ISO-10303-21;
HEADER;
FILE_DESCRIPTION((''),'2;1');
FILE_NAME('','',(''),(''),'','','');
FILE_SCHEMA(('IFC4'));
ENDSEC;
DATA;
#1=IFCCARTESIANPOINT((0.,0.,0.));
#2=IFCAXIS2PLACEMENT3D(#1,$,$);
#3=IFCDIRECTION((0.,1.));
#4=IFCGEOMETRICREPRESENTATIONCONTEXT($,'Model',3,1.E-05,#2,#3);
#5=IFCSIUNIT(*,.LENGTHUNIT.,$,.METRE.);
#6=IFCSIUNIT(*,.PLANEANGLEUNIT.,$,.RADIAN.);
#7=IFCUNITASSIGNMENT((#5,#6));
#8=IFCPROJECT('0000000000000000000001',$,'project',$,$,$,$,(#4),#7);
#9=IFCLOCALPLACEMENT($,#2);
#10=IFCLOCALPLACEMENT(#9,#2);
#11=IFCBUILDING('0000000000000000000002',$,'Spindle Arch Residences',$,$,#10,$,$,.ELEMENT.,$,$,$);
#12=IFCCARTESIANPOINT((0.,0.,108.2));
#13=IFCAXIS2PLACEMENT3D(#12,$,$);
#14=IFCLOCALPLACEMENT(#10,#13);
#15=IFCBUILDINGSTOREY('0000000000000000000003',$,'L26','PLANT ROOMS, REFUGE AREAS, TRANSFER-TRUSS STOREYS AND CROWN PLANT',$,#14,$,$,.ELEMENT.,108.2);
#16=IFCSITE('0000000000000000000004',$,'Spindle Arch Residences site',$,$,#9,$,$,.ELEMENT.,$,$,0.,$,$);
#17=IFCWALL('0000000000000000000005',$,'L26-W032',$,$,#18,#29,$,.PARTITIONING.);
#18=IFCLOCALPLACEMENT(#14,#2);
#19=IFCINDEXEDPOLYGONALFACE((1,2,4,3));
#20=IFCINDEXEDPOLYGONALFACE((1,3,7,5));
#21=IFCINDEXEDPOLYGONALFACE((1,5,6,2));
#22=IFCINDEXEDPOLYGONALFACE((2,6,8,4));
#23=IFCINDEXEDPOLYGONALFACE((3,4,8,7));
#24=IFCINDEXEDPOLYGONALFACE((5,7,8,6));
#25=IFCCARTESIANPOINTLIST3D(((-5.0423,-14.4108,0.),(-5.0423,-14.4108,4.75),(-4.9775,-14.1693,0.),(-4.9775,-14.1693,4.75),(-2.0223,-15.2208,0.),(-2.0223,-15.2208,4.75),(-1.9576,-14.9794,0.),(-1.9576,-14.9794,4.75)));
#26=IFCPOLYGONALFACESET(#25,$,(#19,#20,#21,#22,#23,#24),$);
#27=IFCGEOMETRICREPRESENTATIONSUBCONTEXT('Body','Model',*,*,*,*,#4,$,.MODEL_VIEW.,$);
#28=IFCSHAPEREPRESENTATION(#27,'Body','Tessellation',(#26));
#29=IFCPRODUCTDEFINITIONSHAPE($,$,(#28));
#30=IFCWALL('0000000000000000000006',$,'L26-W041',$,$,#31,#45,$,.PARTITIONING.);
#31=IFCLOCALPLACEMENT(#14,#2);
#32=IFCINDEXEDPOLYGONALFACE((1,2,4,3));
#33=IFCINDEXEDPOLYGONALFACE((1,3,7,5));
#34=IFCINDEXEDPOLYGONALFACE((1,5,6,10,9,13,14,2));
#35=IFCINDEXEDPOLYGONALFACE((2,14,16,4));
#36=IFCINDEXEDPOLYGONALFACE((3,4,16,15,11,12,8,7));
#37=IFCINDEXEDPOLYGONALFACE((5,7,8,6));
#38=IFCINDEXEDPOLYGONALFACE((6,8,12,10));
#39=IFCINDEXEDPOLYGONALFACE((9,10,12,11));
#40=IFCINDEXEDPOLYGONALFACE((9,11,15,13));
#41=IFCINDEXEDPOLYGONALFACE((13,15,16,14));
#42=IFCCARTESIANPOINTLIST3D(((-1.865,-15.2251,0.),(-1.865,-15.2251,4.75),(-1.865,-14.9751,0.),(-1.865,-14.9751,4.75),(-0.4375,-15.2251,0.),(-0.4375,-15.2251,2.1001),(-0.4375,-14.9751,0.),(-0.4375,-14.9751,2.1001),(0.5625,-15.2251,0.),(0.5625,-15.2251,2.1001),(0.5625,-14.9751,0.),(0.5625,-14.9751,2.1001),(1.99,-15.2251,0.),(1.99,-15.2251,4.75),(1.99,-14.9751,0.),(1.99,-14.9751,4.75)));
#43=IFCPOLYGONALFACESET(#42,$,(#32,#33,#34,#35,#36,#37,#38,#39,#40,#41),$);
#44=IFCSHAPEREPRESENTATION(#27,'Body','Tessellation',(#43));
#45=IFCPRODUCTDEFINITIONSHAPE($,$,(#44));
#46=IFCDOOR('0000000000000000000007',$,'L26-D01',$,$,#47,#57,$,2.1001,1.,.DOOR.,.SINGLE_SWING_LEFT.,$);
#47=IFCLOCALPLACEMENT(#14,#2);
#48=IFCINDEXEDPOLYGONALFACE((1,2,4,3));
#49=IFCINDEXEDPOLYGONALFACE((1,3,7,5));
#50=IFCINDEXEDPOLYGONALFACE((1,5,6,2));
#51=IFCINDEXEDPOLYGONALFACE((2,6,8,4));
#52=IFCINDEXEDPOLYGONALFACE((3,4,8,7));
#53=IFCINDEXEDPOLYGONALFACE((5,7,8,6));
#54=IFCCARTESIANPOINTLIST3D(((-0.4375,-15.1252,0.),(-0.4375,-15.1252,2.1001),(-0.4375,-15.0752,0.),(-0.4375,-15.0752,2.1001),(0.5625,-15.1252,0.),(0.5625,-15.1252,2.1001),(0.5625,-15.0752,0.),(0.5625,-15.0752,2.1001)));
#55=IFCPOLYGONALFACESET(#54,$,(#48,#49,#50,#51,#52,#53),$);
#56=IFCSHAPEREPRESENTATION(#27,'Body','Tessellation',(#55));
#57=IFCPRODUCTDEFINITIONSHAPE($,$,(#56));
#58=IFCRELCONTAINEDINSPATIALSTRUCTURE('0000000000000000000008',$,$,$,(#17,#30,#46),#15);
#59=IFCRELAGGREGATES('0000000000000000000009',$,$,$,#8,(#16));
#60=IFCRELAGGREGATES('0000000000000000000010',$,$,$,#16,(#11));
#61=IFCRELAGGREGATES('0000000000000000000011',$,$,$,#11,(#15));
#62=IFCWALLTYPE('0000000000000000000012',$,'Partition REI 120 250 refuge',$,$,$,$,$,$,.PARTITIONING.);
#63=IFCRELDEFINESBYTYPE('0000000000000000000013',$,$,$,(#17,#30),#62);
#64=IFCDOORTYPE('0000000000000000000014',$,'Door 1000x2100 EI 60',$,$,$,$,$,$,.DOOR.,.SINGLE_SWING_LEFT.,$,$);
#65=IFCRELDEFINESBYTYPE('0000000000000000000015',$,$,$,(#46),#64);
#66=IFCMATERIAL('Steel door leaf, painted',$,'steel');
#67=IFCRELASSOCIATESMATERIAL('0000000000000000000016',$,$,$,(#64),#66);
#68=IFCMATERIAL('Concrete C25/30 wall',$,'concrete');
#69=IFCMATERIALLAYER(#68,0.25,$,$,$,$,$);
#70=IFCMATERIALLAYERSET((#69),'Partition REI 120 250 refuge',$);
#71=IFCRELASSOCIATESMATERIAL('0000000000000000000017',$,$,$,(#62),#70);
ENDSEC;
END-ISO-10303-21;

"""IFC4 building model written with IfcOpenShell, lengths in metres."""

from ifc_helpers import new_model, si_unit, direction, frame, frame_2d, origin, place, context, subcontext, project, spatial, rectangle, extrude, material, layer, layer_set, type_object, element, fill, save


model = new_model("IFC4")

# Units and contexts
model_context = context("Model", 3, precision=1e-05, world=origin(), true_north=direction((0.0, 1.0)))
body_context = subcontext(model_context, "Body", "Model", "MODEL_VIEW")
ifc_project = project(units=[si_unit("LENGTHUNIT", "METRE"), si_unit("PLANEANGLEUNIT", "RADIAN")], contexts=[model_context])

# Site, building, storey
site_placement = place(None, origin())
site = spatial("IfcSite", under=ifc_project, at=site_placement, Name="Spindle Arch Residences site", CompositionType="ELEMENT", RefElevation=0.0)
building_placement = place(site_placement, origin())
building = spatial("IfcBuilding", under=site, at=building_placement, Name="Spindle Arch Residences", CompositionType="ELEMENT")
storey_placement = place(building_placement, frame((0.0, 0.0, 108.2)))
storey = spatial("IfcBuildingStorey", under=building, at=storey_placement, Name="L26", Description="PLANT ROOMS, REFUGE AREAS, TRANSFER-TRUSS STOREYS AND CROWN PLANT", CompositionType="ELEMENT", Elevation=108.2)

# Shared definitions
ifc_material_1 = material(Name="Steel door leaf, painted", Category="steel")
door_type_1 = type_object("IfcDoorType", Name="Door 1000x2100 EI 60", OperationType="SINGLE_SWING_LEFT", PredefinedType="DOOR", material=ifc_material_1)

# Wall
ifc_material_2 = material(Name="Concrete C25/30 wall", Category="concrete")
ifc_layer_1 = layer(ifc_material_2, 0.25)
ifc_layer_set_1 = layer_set([ifc_layer_1], Name="Partition REI 120 250 refuge")
wall_type_1 = type_object("IfcWallType", Name="Partition REI 120 250 refuge", PredefinedType="PARTITIONING", material=ifc_layer_set_1)
wall_1_placement = place(storey_placement, frame((-5.01, -14.29, 0.0), z_axis=(0.0, 0.0, 1.0), x_axis=(0.965858, -0.259072, 0.0)))
element("IfcWall", 1, at=wall_1_placement, inside=storey, type_object=wall_type_1, Name="L26-W032", PredefinedType="PARTITIONING", context=body_context, shape_type="SweptSolid", body=[
    extrude(rectangle(XDim=3.1267, YDim=0.25, at=frame_2d((1.5635, 0.0))), origin(), (0.0, 0.0, 1.0), 4.75),
])

# Wall, opening, door
wall_2_placement = place(storey_placement, frame((-1.865, -15.1001, 0.0), z_axis=(0.0, 0.0, 1.0), x_axis=(1.0, 0.0, 0.0)))
wall_2 = element("IfcWall", 2, at=wall_2_placement, inside=storey, type_object=wall_type_1, Name="L26-W041", PredefinedType="PARTITIONING", context=body_context, shape_type="SweptSolid", body=[
    extrude(rectangle(XDim=3.855, YDim=0.25, at=frame_2d((1.9275, 0.0))), origin(), (0.0, 0.0, 1.0), 4.75),
])
opening_1_placement = place(wall_2_placement, frame((1.4275, 0.0, 0.0)))
opening_1 = element("IfcOpeningElement", 3, at=opening_1_placement, cuts=wall_2, PredefinedType="OPENING", context=body_context, shape_type="SweptSolid", body=[
    extrude(rectangle(XDim=1.0, YDim=2.1001, at=frame_2d((0.5, 1.05))), frame((0.0, 0.135, 0.0), z_axis=(0.0, -1.0, 0.0), x_axis=(1.0, 0.0, 0.0)), (0.0, 0.0, 1.0), 0.27),
])
door_1_placement = place(opening_1_placement, origin())
door_1 = element("IfcDoor", 4, at=door_1_placement, inside=storey, type_object=door_type_1, Name="L26-D01", OperationType="SINGLE_SWING_LEFT", OverallHeight=2.1001, OverallWidth=1.0, PredefinedType="DOOR", context=body_context, shape_type="SweptSolid", body=[
    extrude(rectangle(XDim=1.0, YDim=2.1001, at=frame_2d((0.5, 1.05))), frame((0.0, 0.0249, 0.0), z_axis=(0.0, -1.0, 0.0), x_axis=(1.0, 0.0, 0.0)), (0.0, 0.0, 1.0), 0.05),
])
fill(opening_1, door_1)

save(model, "model.ifc")
